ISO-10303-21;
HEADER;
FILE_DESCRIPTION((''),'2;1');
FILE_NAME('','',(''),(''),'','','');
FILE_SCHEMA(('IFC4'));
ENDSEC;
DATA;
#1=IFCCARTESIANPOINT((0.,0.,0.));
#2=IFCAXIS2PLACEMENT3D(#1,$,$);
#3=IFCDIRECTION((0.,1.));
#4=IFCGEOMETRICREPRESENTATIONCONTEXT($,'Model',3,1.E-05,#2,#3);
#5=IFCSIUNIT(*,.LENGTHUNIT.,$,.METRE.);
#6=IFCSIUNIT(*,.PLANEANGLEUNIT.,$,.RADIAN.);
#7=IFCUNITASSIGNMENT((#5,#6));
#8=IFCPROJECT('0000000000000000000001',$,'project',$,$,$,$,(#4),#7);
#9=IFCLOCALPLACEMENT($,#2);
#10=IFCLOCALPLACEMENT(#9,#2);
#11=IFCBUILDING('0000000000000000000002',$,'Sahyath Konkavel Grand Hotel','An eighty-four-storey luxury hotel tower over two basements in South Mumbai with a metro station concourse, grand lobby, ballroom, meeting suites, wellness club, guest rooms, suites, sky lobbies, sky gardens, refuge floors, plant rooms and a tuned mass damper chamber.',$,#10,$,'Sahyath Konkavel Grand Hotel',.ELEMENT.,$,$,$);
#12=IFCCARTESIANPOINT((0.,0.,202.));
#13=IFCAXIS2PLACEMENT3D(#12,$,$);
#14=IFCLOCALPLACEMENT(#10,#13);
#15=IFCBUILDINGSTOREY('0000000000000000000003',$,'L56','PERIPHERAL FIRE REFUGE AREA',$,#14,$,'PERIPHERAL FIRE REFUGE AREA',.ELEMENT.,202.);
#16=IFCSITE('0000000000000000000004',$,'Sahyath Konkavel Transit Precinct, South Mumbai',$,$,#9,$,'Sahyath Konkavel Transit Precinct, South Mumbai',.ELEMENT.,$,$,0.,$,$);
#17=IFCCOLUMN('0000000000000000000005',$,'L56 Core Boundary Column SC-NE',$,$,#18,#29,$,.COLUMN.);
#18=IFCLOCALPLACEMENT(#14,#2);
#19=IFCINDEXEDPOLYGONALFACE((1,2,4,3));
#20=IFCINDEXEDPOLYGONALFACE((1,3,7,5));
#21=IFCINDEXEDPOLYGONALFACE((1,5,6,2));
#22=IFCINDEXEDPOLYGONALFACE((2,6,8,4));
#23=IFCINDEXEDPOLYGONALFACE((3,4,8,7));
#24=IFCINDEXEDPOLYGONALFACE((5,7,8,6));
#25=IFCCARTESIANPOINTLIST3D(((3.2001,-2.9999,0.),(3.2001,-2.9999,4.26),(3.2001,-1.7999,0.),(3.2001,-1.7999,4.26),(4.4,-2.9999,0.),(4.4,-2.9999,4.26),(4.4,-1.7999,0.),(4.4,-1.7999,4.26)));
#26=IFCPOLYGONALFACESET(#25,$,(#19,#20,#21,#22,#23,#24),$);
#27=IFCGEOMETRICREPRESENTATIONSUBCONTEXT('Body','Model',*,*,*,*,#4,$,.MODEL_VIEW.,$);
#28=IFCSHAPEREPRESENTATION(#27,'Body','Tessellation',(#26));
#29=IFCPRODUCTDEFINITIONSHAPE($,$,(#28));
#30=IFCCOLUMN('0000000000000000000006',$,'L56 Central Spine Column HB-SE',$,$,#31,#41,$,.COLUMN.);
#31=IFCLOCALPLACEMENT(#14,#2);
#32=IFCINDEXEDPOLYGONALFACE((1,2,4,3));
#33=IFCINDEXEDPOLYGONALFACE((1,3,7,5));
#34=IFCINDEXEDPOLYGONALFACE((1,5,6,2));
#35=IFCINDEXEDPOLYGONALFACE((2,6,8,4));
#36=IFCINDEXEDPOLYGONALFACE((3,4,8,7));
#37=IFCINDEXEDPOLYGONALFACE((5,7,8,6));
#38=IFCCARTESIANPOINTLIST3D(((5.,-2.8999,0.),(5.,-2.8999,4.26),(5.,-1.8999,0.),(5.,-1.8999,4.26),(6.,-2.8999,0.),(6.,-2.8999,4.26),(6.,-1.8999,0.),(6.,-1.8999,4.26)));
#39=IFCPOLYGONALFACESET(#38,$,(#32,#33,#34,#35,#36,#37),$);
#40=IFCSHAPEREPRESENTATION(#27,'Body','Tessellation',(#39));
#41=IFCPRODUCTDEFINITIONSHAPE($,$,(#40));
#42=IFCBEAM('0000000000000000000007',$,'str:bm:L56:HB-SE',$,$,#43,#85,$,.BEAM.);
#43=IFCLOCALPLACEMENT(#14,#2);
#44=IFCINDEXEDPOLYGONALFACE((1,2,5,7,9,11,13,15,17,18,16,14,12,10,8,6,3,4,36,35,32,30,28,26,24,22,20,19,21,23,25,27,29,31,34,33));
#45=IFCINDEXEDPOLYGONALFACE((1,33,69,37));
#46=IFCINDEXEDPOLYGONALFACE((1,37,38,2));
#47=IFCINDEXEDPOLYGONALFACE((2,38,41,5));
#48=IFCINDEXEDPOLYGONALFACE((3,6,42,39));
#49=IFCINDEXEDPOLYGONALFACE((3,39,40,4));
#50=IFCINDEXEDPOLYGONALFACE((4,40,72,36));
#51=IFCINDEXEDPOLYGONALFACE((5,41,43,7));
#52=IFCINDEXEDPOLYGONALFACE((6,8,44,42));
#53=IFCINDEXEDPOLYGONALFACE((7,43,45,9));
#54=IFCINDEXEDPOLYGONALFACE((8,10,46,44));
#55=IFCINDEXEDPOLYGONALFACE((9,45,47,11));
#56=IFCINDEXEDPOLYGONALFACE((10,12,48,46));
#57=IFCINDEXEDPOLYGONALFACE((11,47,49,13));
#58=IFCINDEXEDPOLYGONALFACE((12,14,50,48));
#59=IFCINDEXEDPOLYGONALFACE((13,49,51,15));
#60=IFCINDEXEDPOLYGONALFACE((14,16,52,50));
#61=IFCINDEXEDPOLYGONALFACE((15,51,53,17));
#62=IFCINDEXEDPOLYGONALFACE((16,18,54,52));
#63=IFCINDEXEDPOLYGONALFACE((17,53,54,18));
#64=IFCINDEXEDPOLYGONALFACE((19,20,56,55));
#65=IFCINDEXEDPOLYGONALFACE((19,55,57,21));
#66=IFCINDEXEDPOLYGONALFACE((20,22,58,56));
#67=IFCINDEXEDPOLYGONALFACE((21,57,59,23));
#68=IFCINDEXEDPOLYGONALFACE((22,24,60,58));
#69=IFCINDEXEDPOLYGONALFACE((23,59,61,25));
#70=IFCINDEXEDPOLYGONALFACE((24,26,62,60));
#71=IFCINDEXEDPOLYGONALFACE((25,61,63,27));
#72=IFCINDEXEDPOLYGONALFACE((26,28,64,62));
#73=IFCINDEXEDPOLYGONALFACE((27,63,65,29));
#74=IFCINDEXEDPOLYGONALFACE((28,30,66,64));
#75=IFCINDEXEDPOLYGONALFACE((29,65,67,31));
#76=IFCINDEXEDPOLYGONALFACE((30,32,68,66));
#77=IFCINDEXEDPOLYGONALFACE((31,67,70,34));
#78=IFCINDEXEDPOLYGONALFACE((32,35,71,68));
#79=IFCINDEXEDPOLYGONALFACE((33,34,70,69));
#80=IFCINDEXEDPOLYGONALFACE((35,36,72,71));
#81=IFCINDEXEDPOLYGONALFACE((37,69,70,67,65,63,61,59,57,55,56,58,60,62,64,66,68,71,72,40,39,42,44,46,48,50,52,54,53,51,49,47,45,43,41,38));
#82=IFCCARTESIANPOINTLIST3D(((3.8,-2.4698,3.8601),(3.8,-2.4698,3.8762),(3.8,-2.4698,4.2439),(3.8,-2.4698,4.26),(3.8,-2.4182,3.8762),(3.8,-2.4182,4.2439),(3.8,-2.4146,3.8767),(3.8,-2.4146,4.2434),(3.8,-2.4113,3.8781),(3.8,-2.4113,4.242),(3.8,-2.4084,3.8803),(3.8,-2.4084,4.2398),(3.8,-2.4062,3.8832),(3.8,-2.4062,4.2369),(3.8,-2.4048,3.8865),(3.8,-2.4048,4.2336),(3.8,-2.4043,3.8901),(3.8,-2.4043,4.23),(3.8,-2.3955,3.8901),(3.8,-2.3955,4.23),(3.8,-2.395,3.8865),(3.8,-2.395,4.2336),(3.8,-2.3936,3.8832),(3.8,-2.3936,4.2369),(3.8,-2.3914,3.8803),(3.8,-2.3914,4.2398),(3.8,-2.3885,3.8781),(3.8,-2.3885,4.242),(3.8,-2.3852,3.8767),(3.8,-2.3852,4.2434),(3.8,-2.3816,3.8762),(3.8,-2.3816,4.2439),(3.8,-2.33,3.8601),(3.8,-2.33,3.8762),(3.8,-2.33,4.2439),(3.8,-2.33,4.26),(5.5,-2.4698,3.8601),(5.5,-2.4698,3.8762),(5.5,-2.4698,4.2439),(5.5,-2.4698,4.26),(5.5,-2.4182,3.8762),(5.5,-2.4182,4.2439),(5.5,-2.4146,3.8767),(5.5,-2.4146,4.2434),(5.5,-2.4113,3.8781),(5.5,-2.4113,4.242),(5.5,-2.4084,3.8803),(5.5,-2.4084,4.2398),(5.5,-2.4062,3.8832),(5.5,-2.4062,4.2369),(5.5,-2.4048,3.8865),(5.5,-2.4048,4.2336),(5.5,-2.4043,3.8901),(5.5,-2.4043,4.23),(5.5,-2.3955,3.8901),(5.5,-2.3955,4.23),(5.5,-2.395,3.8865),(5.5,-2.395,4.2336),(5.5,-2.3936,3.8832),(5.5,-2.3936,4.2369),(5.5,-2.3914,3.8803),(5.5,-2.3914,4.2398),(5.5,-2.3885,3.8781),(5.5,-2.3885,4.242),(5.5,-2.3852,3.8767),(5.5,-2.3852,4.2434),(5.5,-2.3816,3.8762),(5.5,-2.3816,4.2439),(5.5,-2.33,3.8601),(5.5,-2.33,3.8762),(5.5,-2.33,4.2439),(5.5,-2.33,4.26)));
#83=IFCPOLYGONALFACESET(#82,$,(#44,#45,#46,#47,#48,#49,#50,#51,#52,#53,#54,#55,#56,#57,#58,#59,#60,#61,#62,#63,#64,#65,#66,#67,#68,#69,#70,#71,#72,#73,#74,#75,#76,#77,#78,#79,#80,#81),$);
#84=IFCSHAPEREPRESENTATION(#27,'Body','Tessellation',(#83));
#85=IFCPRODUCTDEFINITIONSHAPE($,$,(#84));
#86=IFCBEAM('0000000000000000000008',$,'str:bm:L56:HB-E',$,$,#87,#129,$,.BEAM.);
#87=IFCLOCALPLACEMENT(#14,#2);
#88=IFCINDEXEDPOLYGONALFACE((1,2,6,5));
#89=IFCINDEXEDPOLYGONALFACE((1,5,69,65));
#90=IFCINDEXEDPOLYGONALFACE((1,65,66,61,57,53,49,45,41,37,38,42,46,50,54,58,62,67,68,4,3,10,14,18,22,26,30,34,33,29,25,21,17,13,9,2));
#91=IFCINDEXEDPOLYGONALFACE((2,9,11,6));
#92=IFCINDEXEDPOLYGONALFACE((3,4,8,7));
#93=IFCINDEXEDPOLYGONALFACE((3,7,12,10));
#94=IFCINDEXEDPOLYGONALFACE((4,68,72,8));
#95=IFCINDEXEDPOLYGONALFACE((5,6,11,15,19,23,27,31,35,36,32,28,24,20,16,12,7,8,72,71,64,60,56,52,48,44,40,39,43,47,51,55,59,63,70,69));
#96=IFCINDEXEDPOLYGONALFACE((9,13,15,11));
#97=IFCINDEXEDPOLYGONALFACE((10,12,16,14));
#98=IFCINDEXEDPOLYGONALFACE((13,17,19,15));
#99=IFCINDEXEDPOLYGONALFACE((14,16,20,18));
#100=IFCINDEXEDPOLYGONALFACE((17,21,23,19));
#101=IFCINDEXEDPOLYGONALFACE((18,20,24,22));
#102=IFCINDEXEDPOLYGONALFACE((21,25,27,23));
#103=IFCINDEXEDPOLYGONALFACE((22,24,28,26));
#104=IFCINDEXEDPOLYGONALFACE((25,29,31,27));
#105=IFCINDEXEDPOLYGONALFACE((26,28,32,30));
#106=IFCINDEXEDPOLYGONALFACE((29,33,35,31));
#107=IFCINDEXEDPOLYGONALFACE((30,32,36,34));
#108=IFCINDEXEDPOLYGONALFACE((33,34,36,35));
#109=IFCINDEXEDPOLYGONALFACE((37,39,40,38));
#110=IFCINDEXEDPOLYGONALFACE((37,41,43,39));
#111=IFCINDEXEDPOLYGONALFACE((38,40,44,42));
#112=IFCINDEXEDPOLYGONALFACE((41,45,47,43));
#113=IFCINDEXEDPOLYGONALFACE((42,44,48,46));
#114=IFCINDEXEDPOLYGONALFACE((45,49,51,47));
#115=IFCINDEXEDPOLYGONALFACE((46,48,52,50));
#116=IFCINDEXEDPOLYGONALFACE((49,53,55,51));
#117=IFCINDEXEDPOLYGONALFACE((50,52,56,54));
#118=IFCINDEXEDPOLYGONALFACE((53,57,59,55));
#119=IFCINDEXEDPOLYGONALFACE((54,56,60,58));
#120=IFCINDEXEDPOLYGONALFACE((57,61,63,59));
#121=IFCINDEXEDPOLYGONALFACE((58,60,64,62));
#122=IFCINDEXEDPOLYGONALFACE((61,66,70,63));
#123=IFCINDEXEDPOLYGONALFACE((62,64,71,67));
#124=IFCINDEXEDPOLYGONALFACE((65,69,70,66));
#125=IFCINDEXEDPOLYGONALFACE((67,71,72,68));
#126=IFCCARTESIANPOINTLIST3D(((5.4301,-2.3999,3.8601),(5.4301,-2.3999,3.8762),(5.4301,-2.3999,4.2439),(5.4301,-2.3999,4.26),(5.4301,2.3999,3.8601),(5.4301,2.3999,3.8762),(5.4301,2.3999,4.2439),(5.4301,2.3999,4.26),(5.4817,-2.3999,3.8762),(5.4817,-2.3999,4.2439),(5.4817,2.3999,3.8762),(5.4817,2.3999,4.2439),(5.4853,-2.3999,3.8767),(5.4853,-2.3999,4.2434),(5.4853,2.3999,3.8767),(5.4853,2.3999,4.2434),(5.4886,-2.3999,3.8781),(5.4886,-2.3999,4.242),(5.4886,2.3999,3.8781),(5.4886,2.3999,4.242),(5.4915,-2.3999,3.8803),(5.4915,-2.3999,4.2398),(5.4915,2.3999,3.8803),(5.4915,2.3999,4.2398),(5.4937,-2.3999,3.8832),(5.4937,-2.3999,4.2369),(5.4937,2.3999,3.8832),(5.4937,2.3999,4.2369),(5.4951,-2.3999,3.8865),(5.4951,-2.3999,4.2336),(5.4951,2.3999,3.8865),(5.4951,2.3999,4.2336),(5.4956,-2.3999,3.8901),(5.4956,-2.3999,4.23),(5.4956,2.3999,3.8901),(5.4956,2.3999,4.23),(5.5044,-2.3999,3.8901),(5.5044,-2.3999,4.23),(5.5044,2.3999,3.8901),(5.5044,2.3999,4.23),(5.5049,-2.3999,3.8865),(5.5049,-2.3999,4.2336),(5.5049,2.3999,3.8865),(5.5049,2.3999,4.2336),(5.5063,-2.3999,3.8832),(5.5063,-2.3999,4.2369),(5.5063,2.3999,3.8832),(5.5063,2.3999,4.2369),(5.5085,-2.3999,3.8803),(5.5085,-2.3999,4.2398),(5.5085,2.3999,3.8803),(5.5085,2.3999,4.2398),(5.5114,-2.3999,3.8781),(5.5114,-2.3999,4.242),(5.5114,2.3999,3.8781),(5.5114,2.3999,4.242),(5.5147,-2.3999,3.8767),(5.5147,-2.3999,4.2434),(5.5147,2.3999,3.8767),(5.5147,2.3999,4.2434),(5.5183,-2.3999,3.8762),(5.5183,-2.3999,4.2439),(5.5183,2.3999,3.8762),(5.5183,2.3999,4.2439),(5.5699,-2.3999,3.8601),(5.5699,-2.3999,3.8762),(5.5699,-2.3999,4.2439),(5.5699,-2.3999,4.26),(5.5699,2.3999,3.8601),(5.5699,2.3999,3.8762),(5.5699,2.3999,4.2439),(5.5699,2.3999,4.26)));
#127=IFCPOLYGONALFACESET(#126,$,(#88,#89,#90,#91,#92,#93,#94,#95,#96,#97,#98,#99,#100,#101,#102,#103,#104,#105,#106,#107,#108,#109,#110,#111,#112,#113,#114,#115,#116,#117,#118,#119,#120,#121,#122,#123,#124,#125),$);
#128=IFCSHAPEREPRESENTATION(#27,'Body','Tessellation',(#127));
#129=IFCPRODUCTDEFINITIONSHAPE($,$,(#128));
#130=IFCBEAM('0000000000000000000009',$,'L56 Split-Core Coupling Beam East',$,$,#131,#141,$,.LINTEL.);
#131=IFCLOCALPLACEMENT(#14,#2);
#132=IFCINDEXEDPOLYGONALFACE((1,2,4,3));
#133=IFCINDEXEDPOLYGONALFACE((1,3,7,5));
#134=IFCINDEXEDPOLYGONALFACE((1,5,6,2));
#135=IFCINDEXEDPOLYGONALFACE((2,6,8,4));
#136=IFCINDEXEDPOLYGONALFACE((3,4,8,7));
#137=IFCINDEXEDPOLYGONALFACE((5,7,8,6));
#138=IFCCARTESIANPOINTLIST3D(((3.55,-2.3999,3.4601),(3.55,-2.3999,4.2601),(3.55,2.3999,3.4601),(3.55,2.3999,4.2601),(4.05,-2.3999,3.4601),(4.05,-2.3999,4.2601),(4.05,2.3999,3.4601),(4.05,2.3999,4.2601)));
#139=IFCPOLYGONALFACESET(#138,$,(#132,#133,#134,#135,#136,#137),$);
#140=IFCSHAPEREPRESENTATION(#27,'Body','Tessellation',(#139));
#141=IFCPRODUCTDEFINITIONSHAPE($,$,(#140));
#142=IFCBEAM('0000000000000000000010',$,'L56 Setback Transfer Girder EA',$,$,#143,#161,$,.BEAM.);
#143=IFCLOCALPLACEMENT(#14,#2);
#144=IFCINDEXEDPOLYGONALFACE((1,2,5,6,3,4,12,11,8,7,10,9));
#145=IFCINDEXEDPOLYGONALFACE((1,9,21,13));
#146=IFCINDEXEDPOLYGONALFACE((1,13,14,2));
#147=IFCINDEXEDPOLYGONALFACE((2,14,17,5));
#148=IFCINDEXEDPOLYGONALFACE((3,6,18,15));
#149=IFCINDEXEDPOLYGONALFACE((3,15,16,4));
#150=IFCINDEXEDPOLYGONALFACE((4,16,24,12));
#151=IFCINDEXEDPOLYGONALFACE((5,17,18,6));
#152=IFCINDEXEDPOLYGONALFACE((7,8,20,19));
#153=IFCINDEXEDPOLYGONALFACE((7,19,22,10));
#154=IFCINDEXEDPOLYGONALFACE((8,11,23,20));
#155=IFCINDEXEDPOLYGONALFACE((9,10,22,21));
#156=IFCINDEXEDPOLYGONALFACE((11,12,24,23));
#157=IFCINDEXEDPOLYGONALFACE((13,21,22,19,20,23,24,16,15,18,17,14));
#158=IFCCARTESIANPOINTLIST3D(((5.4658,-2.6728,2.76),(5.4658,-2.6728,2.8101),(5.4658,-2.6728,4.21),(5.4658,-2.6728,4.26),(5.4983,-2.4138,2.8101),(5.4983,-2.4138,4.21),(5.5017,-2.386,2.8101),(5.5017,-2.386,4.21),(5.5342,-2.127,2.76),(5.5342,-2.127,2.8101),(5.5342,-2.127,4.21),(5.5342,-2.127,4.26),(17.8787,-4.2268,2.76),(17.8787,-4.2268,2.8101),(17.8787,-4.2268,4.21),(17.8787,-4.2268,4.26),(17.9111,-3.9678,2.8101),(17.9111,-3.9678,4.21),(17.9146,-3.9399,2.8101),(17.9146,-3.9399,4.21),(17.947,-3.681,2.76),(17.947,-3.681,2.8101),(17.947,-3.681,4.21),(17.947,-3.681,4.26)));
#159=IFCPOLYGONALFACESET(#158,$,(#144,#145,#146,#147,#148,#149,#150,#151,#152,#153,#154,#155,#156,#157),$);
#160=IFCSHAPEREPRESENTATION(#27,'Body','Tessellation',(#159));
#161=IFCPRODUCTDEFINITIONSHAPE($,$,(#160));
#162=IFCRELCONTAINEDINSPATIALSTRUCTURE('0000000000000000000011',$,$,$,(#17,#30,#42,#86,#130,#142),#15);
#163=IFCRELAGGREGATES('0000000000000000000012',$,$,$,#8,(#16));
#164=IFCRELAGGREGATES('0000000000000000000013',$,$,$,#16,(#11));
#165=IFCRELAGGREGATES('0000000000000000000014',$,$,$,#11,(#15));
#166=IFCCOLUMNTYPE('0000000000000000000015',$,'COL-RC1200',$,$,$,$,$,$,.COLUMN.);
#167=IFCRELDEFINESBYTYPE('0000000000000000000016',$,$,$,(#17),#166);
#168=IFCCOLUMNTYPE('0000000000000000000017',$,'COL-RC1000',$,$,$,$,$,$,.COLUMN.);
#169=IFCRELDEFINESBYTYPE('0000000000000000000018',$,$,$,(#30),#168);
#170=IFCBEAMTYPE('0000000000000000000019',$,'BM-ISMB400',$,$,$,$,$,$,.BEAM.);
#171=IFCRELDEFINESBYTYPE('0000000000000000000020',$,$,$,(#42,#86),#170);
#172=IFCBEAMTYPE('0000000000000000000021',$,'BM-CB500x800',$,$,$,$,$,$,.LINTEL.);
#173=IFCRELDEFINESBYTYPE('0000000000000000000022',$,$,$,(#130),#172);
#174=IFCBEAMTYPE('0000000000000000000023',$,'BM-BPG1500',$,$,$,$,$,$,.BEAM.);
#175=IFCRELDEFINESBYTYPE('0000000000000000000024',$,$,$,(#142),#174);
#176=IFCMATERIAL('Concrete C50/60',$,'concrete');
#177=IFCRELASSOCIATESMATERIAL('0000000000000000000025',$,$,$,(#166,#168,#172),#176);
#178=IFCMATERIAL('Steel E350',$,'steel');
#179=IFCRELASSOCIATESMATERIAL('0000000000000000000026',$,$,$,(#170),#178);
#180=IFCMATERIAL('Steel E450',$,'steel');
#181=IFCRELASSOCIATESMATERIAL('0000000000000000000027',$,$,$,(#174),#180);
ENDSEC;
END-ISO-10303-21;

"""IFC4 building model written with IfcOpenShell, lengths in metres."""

from ifc_helpers import new_model, si_unit, direction, frame, origin, origin_2d, place, context, subcontext, project, spatial, rectangle, i_section, extrude, source, transform, mapped, material, material_profile, profile_set, type_object, element, save


model = new_model("IFC4")

# Units and contexts
model_context = context("Model", 3, precision=1e-05, world=origin(), true_north=direction((0.0, 1.0)))
body_context = subcontext(model_context, "Body", "Model", "MODEL_VIEW")
ifc_project = project(units=[si_unit("LENGTHUNIT", "METRE"), si_unit("PLANEANGLEUNIT", "RADIAN")], contexts=[model_context])

# Site, building, storey
site_placement = place(None, origin())
site = spatial("IfcSite", under=ifc_project, at=site_placement, Name="Sahyath Konkavel Transit Precinct, South Mumbai", LongName="Sahyath Konkavel Transit Precinct, South Mumbai", CompositionType="ELEMENT", RefElevation=0.0)
building_placement = place(site_placement, origin())
building = spatial("IfcBuilding", under=site, at=building_placement, Name="Sahyath Konkavel Grand Hotel", Description="An eighty-four-storey luxury hotel tower over two basements in South Mumbai with a metro station concourse, grand lobby, ballroom, meeting suites, wellness club, guest rooms, suites, sky lobbies, sky gardens, refuge floors, plant rooms and a tuned mass damper chamber.", LongName="Sahyath Konkavel Grand Hotel", CompositionType="ELEMENT")
storey_placement = place(building_placement, frame((0.0, 0.0, 202.0)))
storey = spatial("IfcBuildingStorey", under=building, at=storey_placement, Name="L56", Description="PERIPHERAL FIRE REFUGE AREA", LongName="PERIPHERAL FIRE REFUGE AREA", CompositionType="ELEMENT", Elevation=202.0)

# Columns
ifc_material_1 = material(Name="Concrete C50/60", Category="concrete")
ifc_material_profile_1 = material_profile(ifc_material_1, rectangle(XDim=1.2, YDim=1.2, at=origin_2d()), Name="RC 1200x1200")
ifc_profile_set_1 = profile_set([ifc_material_profile_1], Name="Concrete C50/60")
column_type_1 = type_object("IfcColumnType", Name="COL-RC1200", PredefinedType="COLUMN", material=ifc_profile_set_1)
shared_shape_1 = source(origin(), body_context, "Body", "SweptSolid", [
    extrude(rectangle(XDim=1.2, YDim=1.2, at=origin_2d()), origin(), (0.0, 0.0, 1.0), 4.26),
])
column_1_placement = place(storey_placement, frame((3.8, -2.3999, 0.0), z_axis=(0.0, 0.0, 1.0), x_axis=(1.0, 0.0, 0.0)))
element("IfcColumn", 1, at=column_1_placement, inside=storey, type_object=column_type_1, Name="L56 Core Boundary Column SC-NE", PredefinedType="COLUMN", context=body_context, shape_type="MappedRepresentation", body=[
    mapped(shared_shape_1, transform((0.0, 0.0, 0.0), scale=1.0)),
])
ifc_material_profile_2 = material_profile(ifc_material_1, rectangle(XDim=1.0, YDim=1.0, at=origin_2d()), Name="RC 1000x1000")
ifc_profile_set_2 = profile_set([ifc_material_profile_2], Name="Concrete C50/60")
column_type_2 = type_object("IfcColumnType", Name="COL-RC1000", PredefinedType="COLUMN", material=ifc_profile_set_2)
shared_shape_2 = source(origin(), body_context, "Body", "SweptSolid", [
    extrude(rectangle(XDim=1.0, YDim=1.0, at=origin_2d()), origin(), (0.0, 0.0, 1.0), 4.26),
])
column_2_placement = place(storey_placement, frame((5.5, -2.3999, 0.0), z_axis=(0.0, 0.0, 1.0), x_axis=(1.0, 0.0, 0.0)))
element("IfcColumn", 2, at=column_2_placement, inside=storey, type_object=column_type_2, Name="L56 Central Spine Column HB-SE", PredefinedType="COLUMN", context=body_context, shape_type="MappedRepresentation", body=[
    mapped(shared_shape_2, transform((0.0, 0.0, 0.0), scale=1.0)),
])

# Beams
ifc_material_2 = material(Name="Steel E350", Category="steel")
ifc_material_profile_3 = material_profile(ifc_material_2, i_section(OverallWidth=0.1399, OverallDepth=0.3999, WebThickness=0.0088, FlangeThickness=0.0161, FilletRadius=0.0139, at=origin_2d()), Name="ISMB 400")
ifc_profile_set_3 = profile_set([ifc_material_profile_3], Name="Steel E350")
beam_type_1 = type_object("IfcBeamType", Name="BM-ISMB400", PredefinedType="BEAM", material=ifc_profile_set_3)
shared_shape_3 = source(origin(), body_context, "Body", "SweptSolid", [
    extrude(i_section(OverallWidth=0.1399, OverallDepth=0.3999, WebThickness=0.0088, FlangeThickness=0.0161, FilletRadius=0.0139, at=origin_2d()), origin(), (0.0, 0.0, 1.0), 1.7),
])
beam_1_placement = place(storey_placement, frame((3.8, -2.3999, 4.0601), z_axis=(1.0, 0.0, 0.0), x_axis=(0.0, 1.0, 0.0)))
element("IfcBeam", 3, at=beam_1_placement, inside=storey, type_object=beam_type_1, Name="str:bm:L56:HB-SE", PredefinedType="BEAM", context=body_context, shape_type="MappedRepresentation", body=[
    mapped(shared_shape_3, transform((0.0, 0.0, 0.0), scale=1.0)),
])
shared_shape_4 = source(origin(), body_context, "Body", "SweptSolid", [
    extrude(i_section(OverallWidth=0.1399, OverallDepth=0.3999, WebThickness=0.0088, FlangeThickness=0.0161, FilletRadius=0.0139, at=origin_2d()), origin(), (0.0, 0.0, 1.0), 4.7998),
])
beam_2_placement = place(storey_placement, frame((5.5, -2.3999, 4.0601), z_axis=(0.0, 1.0, 0.0), x_axis=(-1.0, 0.0, 0.0)))
element("IfcBeam", 4, at=beam_2_placement, inside=storey, type_object=beam_type_1, Name="str:bm:L56:HB-E", PredefinedType="BEAM", context=body_context, shape_type="MappedRepresentation", body=[
    mapped(shared_shape_4, transform((0.0, 0.0, 0.0), scale=1.0)),
])
ifc_material_profile_4 = material_profile(ifc_material_1, rectangle(XDim=0.5, YDim=0.8, at=origin_2d()), Name="RC 500x800")
ifc_profile_set_4 = profile_set([ifc_material_profile_4], Name="Concrete C50/60")
beam_type_2 = type_object("IfcBeamType", Name="BM-CB500x800", PredefinedType="LINTEL", material=ifc_profile_set_4)
shared_shape_5 = source(origin(), body_context, "Body", "SweptSolid", [
    extrude(rectangle(XDim=0.5, YDim=0.8, at=origin_2d()), origin(), (0.0, 0.0, 1.0), 4.7998),
])
beam_3_placement = place(storey_placement, frame((3.8, -2.3999, 3.8601), z_axis=(0.0, 1.0, 0.0), x_axis=(-1.0, 0.0, 0.0)))
element("IfcBeam", 5, at=beam_3_placement, inside=storey, type_object=beam_type_2, Name="L56 Split-Core Coupling Beam East", PredefinedType="LINTEL", context=body_context, shape_type="MappedRepresentation", body=[
    mapped(shared_shape_5, transform((0.0, 0.0, 0.0), scale=1.0)),
])
ifc_material_3 = material(Name="Steel E450", Category="steel")
ifc_material_profile_5 = material_profile(ifc_material_3, i_section(OverallWidth=0.55, OverallDepth=1.5, WebThickness=0.0281, FlangeThickness=0.05, at=origin_2d()), Name="BPG 1500x550")
ifc_profile_set_5 = profile_set([ifc_material_profile_5], Name="Steel E450")
beam_type_3 = type_object("IfcBeamType", Name="BM-BPG1500", PredefinedType="BEAM", material=ifc_profile_set_5)
shared_shape_6 = source(origin(), body_context, "Body", "SweptSolid", [
    extrude(i_section(OverallWidth=0.55, OverallDepth=1.5, WebThickness=0.0281, FlangeThickness=0.05, at=origin_2d()), origin(), (0.0, 0.0, 1.0), 12.5098),
])
beam_4_placement = place(storey_placement, frame((5.5, -2.3999, 3.51), z_axis=(0.992255, -0.12422, 0.0), x_axis=(0.12422, 0.992255, 0.0)))
element("IfcBeam", 6, at=beam_4_placement, inside=storey, type_object=beam_type_3, Name="L56 Setback Transfer Girder EA", PredefinedType="BEAM", context=body_context, shape_type="MappedRepresentation", body=[
    mapped(shared_shape_6, transform((0.0, 0.0, 0.0), scale=1.0)),
])

save(model, "model.ifc")
